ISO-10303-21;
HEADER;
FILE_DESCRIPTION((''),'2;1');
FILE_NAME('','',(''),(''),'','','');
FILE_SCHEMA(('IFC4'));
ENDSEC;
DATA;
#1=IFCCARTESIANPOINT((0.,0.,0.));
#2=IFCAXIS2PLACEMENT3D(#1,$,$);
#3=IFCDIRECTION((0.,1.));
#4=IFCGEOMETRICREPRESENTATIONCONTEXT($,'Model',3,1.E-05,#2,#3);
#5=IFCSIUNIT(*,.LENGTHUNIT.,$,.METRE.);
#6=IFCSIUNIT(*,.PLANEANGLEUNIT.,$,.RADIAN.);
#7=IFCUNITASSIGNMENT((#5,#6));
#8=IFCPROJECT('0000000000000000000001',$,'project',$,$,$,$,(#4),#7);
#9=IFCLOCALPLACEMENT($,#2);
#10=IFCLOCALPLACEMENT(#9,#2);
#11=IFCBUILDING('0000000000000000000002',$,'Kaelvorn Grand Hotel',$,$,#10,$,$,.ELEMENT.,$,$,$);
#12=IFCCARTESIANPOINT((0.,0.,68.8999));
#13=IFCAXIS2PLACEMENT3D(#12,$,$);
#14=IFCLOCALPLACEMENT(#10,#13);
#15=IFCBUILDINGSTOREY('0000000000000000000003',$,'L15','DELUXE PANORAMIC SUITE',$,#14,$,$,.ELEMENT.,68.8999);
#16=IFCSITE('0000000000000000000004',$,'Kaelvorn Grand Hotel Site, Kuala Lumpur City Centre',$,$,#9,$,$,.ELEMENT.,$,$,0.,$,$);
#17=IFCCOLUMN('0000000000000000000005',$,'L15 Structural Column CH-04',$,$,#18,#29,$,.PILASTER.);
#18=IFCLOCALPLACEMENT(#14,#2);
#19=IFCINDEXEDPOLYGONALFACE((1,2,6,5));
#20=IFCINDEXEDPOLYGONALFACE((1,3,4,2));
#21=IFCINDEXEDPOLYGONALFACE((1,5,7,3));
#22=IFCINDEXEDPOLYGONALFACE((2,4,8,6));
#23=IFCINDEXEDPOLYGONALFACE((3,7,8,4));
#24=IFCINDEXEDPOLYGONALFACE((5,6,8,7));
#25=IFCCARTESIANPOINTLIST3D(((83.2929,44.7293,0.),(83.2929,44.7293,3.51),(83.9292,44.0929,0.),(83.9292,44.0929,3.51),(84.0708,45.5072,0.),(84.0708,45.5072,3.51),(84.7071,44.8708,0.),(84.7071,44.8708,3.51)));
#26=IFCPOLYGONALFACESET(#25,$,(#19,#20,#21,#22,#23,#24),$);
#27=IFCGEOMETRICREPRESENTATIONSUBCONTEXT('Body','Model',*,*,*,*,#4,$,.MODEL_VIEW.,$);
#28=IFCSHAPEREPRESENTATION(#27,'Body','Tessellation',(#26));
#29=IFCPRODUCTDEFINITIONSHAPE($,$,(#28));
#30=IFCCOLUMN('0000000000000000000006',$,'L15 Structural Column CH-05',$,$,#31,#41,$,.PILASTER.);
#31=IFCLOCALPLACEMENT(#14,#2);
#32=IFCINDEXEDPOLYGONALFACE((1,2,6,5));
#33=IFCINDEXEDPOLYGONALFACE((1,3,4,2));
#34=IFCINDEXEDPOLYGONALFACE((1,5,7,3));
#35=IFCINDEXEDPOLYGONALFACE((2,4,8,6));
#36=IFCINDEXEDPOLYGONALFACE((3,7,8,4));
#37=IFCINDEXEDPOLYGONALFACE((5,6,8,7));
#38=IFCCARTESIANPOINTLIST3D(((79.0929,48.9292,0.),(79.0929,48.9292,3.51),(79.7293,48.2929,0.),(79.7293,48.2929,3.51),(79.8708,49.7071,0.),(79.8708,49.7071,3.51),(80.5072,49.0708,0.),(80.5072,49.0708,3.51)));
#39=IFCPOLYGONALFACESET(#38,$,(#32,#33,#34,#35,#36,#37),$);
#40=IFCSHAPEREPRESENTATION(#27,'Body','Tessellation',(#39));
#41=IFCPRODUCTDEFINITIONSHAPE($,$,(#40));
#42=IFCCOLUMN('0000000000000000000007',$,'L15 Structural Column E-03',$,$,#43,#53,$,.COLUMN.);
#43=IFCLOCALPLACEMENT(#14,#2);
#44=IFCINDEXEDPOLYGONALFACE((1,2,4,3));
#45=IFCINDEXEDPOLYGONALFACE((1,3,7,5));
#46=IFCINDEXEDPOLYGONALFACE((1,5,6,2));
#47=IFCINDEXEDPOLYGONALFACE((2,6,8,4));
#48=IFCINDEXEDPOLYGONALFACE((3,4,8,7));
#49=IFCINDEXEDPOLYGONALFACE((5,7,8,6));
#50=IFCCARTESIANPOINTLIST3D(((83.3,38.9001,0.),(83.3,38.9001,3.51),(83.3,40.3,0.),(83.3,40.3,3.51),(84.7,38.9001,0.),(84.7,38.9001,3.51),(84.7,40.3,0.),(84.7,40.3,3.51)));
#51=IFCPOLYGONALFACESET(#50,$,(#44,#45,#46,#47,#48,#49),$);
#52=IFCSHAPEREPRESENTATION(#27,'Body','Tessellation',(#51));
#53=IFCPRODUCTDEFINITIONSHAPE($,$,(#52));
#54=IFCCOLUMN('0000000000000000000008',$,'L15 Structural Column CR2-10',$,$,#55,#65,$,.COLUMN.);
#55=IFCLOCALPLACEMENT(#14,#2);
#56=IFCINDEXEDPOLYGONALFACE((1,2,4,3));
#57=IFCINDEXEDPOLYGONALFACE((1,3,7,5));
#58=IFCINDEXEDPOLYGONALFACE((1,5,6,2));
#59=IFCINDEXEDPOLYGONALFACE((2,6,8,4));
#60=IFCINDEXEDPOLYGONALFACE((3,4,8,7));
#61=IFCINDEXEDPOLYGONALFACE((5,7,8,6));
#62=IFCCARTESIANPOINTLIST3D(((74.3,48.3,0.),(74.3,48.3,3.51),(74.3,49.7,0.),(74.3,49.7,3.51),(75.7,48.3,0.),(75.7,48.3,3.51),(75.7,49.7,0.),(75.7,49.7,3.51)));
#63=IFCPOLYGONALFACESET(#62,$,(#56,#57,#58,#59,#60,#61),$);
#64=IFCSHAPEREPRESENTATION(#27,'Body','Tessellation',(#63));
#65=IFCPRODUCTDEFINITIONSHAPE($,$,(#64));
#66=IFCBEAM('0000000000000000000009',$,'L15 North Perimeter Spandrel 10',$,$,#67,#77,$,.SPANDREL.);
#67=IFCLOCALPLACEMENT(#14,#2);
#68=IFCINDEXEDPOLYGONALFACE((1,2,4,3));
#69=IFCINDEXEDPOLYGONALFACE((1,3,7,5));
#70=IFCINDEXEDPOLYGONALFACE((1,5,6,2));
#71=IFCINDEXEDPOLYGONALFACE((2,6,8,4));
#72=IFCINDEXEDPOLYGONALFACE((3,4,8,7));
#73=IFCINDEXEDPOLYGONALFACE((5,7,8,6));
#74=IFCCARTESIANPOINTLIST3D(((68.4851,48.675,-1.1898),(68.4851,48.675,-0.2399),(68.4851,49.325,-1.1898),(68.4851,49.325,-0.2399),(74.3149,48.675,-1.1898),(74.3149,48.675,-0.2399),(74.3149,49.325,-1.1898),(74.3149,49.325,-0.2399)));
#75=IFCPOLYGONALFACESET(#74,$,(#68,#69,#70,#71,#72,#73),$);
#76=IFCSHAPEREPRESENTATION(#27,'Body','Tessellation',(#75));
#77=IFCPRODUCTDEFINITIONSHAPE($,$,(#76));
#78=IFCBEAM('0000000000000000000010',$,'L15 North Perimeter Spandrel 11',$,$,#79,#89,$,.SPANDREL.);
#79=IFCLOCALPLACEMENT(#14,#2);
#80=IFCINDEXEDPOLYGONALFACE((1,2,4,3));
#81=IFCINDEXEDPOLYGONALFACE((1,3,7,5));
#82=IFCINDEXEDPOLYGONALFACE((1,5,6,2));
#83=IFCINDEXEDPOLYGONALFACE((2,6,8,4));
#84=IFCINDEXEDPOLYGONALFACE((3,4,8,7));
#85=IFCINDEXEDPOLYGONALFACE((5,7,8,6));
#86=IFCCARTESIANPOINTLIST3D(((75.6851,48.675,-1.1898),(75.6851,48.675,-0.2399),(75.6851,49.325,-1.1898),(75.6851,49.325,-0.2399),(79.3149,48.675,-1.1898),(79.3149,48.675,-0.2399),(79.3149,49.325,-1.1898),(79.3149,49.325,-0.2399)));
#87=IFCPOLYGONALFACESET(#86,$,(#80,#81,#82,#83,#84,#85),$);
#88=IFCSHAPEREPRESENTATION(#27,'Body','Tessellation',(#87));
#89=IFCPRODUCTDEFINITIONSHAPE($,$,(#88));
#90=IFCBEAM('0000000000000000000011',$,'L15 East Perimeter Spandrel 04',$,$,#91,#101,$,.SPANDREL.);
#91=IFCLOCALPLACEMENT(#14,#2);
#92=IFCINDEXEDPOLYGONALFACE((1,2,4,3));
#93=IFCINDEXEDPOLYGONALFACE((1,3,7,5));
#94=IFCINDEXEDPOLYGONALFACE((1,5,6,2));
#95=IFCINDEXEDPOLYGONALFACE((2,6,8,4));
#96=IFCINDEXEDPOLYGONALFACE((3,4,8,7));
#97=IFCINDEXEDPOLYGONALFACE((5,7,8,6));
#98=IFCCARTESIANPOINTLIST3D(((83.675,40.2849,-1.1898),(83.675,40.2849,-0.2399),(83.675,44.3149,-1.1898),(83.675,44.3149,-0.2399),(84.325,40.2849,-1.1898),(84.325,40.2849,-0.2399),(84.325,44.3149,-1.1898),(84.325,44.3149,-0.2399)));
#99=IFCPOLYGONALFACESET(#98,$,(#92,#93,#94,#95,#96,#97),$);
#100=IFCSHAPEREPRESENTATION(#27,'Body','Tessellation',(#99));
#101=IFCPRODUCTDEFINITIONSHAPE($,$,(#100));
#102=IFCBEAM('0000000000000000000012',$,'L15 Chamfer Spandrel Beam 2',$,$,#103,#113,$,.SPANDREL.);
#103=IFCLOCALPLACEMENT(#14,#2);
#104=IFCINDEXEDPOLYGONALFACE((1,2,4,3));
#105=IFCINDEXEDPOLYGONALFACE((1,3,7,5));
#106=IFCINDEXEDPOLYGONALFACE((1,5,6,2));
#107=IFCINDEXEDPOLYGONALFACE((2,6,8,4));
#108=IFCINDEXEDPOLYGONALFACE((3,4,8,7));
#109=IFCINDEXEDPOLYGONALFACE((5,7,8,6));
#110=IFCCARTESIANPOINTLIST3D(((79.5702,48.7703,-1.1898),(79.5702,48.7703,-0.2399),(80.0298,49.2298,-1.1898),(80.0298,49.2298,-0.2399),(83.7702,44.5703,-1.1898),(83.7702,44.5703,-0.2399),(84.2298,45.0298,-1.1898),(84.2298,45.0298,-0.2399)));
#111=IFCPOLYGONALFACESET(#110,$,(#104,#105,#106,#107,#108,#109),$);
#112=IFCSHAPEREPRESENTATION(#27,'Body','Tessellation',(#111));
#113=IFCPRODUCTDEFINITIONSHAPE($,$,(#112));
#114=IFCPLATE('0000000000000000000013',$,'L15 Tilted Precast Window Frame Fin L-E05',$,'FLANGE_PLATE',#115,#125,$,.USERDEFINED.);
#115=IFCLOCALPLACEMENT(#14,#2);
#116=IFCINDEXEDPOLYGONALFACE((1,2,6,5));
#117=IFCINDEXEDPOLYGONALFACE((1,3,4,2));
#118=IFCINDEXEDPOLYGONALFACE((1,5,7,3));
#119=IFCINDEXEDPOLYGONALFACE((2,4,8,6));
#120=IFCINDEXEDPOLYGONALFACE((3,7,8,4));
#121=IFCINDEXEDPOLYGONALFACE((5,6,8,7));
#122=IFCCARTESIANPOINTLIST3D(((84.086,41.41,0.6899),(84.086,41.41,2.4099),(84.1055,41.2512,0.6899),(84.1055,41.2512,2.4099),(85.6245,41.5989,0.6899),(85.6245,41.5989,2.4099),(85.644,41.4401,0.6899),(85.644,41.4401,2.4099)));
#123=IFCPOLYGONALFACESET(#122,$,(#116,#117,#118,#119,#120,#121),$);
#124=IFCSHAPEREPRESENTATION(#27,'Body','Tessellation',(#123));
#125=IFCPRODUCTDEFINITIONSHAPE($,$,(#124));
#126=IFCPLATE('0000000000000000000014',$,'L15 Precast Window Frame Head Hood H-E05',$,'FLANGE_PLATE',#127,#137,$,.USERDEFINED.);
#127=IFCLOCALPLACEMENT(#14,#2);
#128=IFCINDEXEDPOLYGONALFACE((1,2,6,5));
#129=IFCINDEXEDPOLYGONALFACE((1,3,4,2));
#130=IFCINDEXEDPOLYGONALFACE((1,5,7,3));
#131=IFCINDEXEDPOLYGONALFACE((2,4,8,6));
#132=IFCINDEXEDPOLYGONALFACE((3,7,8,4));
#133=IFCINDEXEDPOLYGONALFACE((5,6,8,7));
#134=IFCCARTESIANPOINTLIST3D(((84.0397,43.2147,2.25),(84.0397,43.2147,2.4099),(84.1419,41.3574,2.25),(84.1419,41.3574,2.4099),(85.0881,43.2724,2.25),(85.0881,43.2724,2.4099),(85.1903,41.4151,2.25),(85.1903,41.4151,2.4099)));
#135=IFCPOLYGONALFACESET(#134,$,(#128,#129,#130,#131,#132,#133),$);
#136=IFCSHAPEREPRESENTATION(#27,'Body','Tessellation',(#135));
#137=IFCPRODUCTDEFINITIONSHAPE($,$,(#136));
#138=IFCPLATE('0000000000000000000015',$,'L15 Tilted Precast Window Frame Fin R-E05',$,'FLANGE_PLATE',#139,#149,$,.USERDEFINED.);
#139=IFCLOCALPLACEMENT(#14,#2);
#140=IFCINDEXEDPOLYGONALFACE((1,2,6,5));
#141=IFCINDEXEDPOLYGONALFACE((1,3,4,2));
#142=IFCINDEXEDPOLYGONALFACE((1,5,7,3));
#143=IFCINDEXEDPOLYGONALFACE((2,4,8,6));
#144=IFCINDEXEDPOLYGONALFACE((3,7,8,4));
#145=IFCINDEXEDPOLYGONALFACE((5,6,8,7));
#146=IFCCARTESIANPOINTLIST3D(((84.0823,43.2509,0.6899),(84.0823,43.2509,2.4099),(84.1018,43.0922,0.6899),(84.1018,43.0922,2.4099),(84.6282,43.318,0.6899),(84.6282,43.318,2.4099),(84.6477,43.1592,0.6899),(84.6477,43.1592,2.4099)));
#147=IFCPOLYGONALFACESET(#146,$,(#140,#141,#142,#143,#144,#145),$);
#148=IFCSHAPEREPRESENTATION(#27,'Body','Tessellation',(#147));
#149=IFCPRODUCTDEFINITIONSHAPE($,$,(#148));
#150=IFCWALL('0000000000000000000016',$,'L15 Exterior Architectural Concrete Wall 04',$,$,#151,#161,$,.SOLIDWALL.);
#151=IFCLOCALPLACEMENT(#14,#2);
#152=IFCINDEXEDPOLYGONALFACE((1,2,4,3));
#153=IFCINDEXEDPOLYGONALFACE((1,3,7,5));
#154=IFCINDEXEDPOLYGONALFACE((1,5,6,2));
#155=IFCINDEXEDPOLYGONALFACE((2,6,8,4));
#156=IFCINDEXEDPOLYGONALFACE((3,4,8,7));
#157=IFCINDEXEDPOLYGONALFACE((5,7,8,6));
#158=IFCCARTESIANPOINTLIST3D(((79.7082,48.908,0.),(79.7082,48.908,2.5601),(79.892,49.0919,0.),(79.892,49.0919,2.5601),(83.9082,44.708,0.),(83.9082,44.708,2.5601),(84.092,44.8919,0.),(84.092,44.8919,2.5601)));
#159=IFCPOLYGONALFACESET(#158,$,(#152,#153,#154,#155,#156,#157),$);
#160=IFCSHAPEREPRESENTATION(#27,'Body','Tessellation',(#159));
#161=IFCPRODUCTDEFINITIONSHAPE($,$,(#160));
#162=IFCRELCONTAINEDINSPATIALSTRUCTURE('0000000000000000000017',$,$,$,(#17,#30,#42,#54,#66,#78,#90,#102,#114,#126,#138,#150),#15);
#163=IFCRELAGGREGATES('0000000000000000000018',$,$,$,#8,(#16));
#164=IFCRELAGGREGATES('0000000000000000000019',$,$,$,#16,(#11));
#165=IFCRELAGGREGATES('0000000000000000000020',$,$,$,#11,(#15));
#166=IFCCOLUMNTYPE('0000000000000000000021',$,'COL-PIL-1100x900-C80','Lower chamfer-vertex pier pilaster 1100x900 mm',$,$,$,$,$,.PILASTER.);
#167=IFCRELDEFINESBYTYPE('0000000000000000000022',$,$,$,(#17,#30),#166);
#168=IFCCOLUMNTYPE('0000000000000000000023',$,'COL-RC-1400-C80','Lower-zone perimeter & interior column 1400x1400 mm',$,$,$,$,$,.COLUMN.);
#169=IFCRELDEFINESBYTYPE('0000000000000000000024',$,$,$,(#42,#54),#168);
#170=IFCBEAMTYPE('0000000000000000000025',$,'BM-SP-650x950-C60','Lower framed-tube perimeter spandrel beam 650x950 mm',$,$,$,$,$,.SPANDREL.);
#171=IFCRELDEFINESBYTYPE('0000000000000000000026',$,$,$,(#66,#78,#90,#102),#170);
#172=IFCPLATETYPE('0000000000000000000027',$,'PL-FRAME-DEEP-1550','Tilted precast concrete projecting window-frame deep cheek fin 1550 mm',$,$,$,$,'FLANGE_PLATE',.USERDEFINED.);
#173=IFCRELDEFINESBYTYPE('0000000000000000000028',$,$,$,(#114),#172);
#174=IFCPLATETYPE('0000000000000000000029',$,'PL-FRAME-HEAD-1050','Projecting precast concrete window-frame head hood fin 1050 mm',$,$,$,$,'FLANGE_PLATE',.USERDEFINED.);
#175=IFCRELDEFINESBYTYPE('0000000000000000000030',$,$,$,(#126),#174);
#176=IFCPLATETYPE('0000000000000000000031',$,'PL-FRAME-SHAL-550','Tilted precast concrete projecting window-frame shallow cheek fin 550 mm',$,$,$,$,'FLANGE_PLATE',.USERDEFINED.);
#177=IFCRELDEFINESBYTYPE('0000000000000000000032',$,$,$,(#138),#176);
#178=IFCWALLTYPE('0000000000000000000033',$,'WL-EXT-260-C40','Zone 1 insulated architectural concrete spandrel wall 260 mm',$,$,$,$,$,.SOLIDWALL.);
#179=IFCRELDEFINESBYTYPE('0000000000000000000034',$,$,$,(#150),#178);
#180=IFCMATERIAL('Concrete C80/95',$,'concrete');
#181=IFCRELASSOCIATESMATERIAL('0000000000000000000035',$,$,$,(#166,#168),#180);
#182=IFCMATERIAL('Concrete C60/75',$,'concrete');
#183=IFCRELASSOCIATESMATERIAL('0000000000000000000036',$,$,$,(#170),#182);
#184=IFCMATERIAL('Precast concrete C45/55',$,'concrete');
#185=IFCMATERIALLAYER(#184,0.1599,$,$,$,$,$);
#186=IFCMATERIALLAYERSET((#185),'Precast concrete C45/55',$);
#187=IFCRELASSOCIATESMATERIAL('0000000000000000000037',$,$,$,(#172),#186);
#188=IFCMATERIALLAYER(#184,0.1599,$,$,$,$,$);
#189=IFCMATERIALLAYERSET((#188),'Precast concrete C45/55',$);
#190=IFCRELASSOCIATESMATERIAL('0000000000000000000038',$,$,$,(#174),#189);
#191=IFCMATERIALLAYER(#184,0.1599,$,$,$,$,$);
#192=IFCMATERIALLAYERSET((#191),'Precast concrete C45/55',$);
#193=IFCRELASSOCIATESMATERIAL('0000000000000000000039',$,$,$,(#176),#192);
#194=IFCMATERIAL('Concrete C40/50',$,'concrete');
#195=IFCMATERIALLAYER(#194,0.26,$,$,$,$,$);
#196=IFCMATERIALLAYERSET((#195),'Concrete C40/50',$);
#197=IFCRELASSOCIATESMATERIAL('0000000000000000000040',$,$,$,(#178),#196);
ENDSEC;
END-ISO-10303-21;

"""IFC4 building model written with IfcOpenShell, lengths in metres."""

from ifc_helpers import new_model, si_unit, direction, frame, frame_2d, origin, origin_2d, place, context, subcontext, project, spatial, rectangle, extrude, material, layer, layer_set, material_profile, profile_set, type_object, element, save


model = new_model("IFC4")

# Units and contexts
model_context = context("Model", 3, precision=1e-05, world=origin(), true_north=direction((0.0, 1.0)))
body_context = subcontext(model_context, "Body", "Model", "MODEL_VIEW")
ifc_project = project(units=[si_unit("LENGTHUNIT", "METRE"), si_unit("PLANEANGLEUNIT", "RADIAN")], contexts=[model_context])

# Site, building, storey
site_placement = place(None, origin())
site = spatial("IfcSite", under=ifc_project, at=site_placement, Name="Kaelvorn Grand Hotel Site, Kuala Lumpur City Centre", CompositionType="ELEMENT", RefElevation=0.0)
building_placement = place(site_placement, origin())
building = spatial("IfcBuilding", under=site, at=building_placement, Name="Kaelvorn Grand Hotel", CompositionType="ELEMENT")
storey_placement = place(building_placement, frame((0.0, 0.0, 68.8999)))
storey = spatial("IfcBuildingStorey", under=building, at=storey_placement, Name="L15", Description="DELUXE PANORAMIC SUITE", CompositionType="ELEMENT", Elevation=68.8999)

# Columns
ifc_material_1 = material(Name="Concrete C80/95", Category="concrete")
ifc_material_profile_1 = material_profile(ifc_material_1, rectangle(XDim=1.1001, YDim=0.8999, at=origin_2d()), Name="RC PILASTER 1100x900")
ifc_profile_set_1 = profile_set([ifc_material_profile_1], Name="Concrete C80/95")
column_type_1 = type_object("IfcColumnType", Name="COL-PIL-1100x900-C80", Description="Lower chamfer-vertex pier pilaster 1100x900 mm", PredefinedType="PILASTER", material=ifc_profile_set_1)
for number, where, z_axis, x_axis, name in (
    (1, (84.0, 44.8, 0.0), (0.0, 0.0, 1.0), (0.707107, 0.707107, 0.0), "L15 Structural Column CH-04"),
    (2, (79.8, 49.0, 0.0), (0.0, 0.0, 1.0), (0.707107, 0.707107, 0.0), "L15 Structural Column CH-05"),
):
    element("IfcColumn", number, at=place(storey_placement, frame(where, z_axis=z_axis, x_axis=x_axis)), inside=storey, type_object=column_type_1, Name=name, PredefinedType="PILASTER", context=body_context, shape_type="SweptSolid", body=[
        extrude(rectangle(XDim=1.1001, YDim=0.8999, at=origin_2d()), origin(), (0.0, 0.0, 1.0), 3.51),
    ])
ifc_material_profile_2 = material_profile(ifc_material_1, rectangle(XDim=1.3999, YDim=1.3999, at=origin_2d()), Name="RC COL 1400x1400")
ifc_profile_set_2 = profile_set([ifc_material_profile_2], Name="Concrete C80/95")
column_type_2 = type_object("IfcColumnType", Name="COL-RC-1400-C80", Description="Lower-zone perimeter & interior column 1400x1400 mm", PredefinedType="COLUMN", material=ifc_profile_set_2)
for number, where, z_axis, x_axis, name in (
    (3, (84.0, 39.6001, 0.0), (0.0, 0.0, 1.0), (1.0, 0.0, 0.0), "L15 Structural Column E-03"),
    (4, (75.0, 49.0, 0.0), (0.0, 0.0, 1.0), (1.0, 0.0, 0.0), "L15 Structural Column CR2-10"),
):
    element("IfcColumn", number, at=place(storey_placement, frame(where, z_axis=z_axis, x_axis=x_axis)), inside=storey, type_object=column_type_2, Name=name, PredefinedType="COLUMN", context=body_context, shape_type="SweptSolid", body=[
        extrude(rectangle(XDim=1.3999, YDim=1.3999, at=origin_2d()), origin(), (0.0, 0.0, 1.0), 3.51),
    ])

# Beams
ifc_material_2 = material(Name="Concrete C60/75", Category="concrete")
ifc_material_profile_3 = material_profile(ifc_material_2, rectangle(XDim=0.6499, YDim=0.95, at=origin_2d()), Name="RC SPANDREL 650x950")
ifc_profile_set_3 = profile_set([ifc_material_profile_3], Name="Concrete C60/75")
beam_type = type_object("IfcBeamType", Name="BM-SP-650x950-C60", Description="Lower framed-tube perimeter spandrel beam 650x950 mm", PredefinedType="SPANDREL", material=ifc_profile_set_3)
beam_1_placement = place(storey_placement, frame((68.4851, 49.0, -0.7148), z_axis=(1.0, 0.0, 0.0), x_axis=(0.0, 1.0, 0.0)))
element("IfcBeam", 5, at=beam_1_placement, inside=storey, type_object=beam_type, Name="L15 North Perimeter Spandrel 10", PredefinedType="SPANDREL", context=body_context, shape_type="SweptSolid", body=[
    extrude(rectangle(XDim=0.6499, YDim=0.95, at=origin_2d()), origin(), (0.0, 0.0, 1.0), 5.8298),
])
beam_2_placement = place(storey_placement, frame((75.6851, 49.0, -0.7148), z_axis=(1.0, 0.0, 0.0), x_axis=(0.0, 1.0, 0.0)))
element("IfcBeam", 6, at=beam_2_placement, inside=storey, type_object=beam_type, Name="L15 North Perimeter Spandrel 11", PredefinedType="SPANDREL", context=body_context, shape_type="SweptSolid", body=[
    extrude(rectangle(XDim=0.6499, YDim=0.95, at=origin_2d()), origin(), (0.0, 0.0, 1.0), 3.6299),
])
beam_3_placement = place(storey_placement, frame((84.0, 40.2849, -0.7148), z_axis=(0.0, 1.0, 0.0), x_axis=(-1.0, 0.0, 0.0)))
element("IfcBeam", 7, at=beam_3_placement, inside=storey, type_object=beam_type, Name="L15 East Perimeter Spandrel 04", PredefinedType="SPANDREL", context=body_context, shape_type="SweptSolid", body=[
    extrude(rectangle(XDim=0.6499, YDim=0.95, at=origin_2d()), origin(), (0.0, 0.0, 1.0), 4.03),
])
beam_4_placement = place(storey_placement, frame((84.0, 44.8, -0.7148), z_axis=(-0.707107, 0.707107, 0.0), x_axis=(-0.707107, -0.707107, 0.0)))
element("IfcBeam", 8, at=beam_4_placement, inside=storey, type_object=beam_type, Name="L15 Chamfer Spandrel Beam 2", PredefinedType="SPANDREL", context=body_context, shape_type="SweptSolid", body=[
    extrude(rectangle(XDim=0.6499, YDim=0.95, at=origin_2d()), origin(), (0.0, 0.0, 1.0), 5.9397),
])

# Plates
ifc_material_3 = material(Name="Precast concrete C45/55", Category="concrete")
ifc_layer_1 = layer(ifc_material_3, 0.1599)
ifc_layer_set_1 = layer_set([ifc_layer_1], Name="Precast concrete C45/55")
plate_type_1 = type_object("IfcPlateType", Name="PL-FRAME-DEEP-1550", Description="Tilted precast concrete projecting window-frame deep cheek fin 1550 mm", ElementType="FLANGE_PLATE", PredefinedType="USERDEFINED", material=ifc_layer_set_1)
plate_1_placement = place(storey_placement, frame((84.865, 41.425, 0.6899), z_axis=(0.0, 0.0, 1.0), x_axis=(-0.121869, 0.992546, 0.0)))
element("IfcPlate", 9, at=plate_1_placement, inside=storey, type_object=plate_type_1, Name="L15 Tilted Precast Window Frame Fin L-E05", ObjectType="FLANGE_PLATE", PredefinedType="USERDEFINED", context=body_context, shape_type="SweptSolid", body=[
    extrude(rectangle(XDim=0.1599, YDim=1.55, at=origin_2d()), origin(), (0.0, 0.0, 1.0), 1.72),
])
ifc_layer_2 = layer(ifc_material_3, 0.1599)
ifc_layer_set_2 = layer_set([ifc_layer_2], Name="Precast concrete C45/55")
plate_type_2 = type_object("IfcPlateType", Name="PL-FRAME-HEAD-1050", Description="Projecting precast concrete window-frame head hood fin 1050 mm", ElementType="FLANGE_PLATE", PredefinedType="USERDEFINED", material=ifc_layer_set_2)
plate_2_placement = place(storey_placement, frame((84.615, 42.3149, 2.25), z_axis=(0.0, 0.0, 1.0), x_axis=(-0.05495, 0.998489, 0.0)))
element("IfcPlate", 10, at=plate_2_placement, inside=storey, type_object=plate_type_2, Name="L15 Precast Window Frame Head Hood H-E05", ObjectType="FLANGE_PLATE", PredefinedType="USERDEFINED", context=body_context, shape_type="SweptSolid", body=[
    extrude(rectangle(XDim=1.8601, YDim=1.05, at=origin_2d()), origin(), (0.0, 0.0, 1.0), 0.1599),
])
ifc_layer_3 = layer(ifc_material_3, 0.1599)
ifc_layer_set_3 = layer_set([ifc_layer_3], Name="Precast concrete C45/55")
plate_type_3 = type_object("IfcPlateType", Name="PL-FRAME-SHAL-550", Description="Tilted precast concrete projecting window-frame shallow cheek fin 550 mm", ElementType="FLANGE_PLATE", PredefinedType="USERDEFINED", material=ifc_layer_set_3)
plate_3_placement = place(storey_placement, frame((84.365, 43.2051, 0.6899), z_axis=(0.0, 0.0, 1.0), x_axis=(-0.121869, 0.992546, 0.0)))
element("IfcPlate", 11, at=plate_3_placement, inside=storey, type_object=plate_type_3, Name="L15 Tilted Precast Window Frame Fin R-E05", ObjectType="FLANGE_PLATE", PredefinedType="USERDEFINED", context=body_context, shape_type="SweptSolid", body=[
    extrude(rectangle(XDim=0.1599, YDim=0.55, at=origin_2d()), origin(), (0.0, 0.0, 1.0), 1.72),
])

# Wall
ifc_material_4 = material(Name="Concrete C40/50", Category="concrete")
ifc_layer_4 = layer(ifc_material_4, 0.26)
ifc_layer_set_4 = layer_set([ifc_layer_4], Name="Concrete C40/50")
wall_type = type_object("IfcWallType", Name="WL-EXT-260-C40", Description="Zone 1 insulated architectural concrete spandrel wall 260 mm", PredefinedType="SOLIDWALL", material=ifc_layer_set_4)
wall_1_placement = place(storey_placement, frame((84.0, 44.8, 0.0), z_axis=(0.0, 0.0, 1.0), x_axis=(-0.707107, 0.707107, 0.0)))
element("IfcWall", 12, at=wall_1_placement, inside=storey, type_object=wall_type, Name="L15 Exterior Architectural Concrete Wall 04", PredefinedType="SOLIDWALL", context=body_context, shape_type="SweptSolid", body=[
    extrude(rectangle(XDim=5.9397, YDim=0.26, at=frame_2d((2.9697, 0.0))), origin(), (0.0, 0.0, 1.0), 2.5601),
])

save(model, "model.ifc")
